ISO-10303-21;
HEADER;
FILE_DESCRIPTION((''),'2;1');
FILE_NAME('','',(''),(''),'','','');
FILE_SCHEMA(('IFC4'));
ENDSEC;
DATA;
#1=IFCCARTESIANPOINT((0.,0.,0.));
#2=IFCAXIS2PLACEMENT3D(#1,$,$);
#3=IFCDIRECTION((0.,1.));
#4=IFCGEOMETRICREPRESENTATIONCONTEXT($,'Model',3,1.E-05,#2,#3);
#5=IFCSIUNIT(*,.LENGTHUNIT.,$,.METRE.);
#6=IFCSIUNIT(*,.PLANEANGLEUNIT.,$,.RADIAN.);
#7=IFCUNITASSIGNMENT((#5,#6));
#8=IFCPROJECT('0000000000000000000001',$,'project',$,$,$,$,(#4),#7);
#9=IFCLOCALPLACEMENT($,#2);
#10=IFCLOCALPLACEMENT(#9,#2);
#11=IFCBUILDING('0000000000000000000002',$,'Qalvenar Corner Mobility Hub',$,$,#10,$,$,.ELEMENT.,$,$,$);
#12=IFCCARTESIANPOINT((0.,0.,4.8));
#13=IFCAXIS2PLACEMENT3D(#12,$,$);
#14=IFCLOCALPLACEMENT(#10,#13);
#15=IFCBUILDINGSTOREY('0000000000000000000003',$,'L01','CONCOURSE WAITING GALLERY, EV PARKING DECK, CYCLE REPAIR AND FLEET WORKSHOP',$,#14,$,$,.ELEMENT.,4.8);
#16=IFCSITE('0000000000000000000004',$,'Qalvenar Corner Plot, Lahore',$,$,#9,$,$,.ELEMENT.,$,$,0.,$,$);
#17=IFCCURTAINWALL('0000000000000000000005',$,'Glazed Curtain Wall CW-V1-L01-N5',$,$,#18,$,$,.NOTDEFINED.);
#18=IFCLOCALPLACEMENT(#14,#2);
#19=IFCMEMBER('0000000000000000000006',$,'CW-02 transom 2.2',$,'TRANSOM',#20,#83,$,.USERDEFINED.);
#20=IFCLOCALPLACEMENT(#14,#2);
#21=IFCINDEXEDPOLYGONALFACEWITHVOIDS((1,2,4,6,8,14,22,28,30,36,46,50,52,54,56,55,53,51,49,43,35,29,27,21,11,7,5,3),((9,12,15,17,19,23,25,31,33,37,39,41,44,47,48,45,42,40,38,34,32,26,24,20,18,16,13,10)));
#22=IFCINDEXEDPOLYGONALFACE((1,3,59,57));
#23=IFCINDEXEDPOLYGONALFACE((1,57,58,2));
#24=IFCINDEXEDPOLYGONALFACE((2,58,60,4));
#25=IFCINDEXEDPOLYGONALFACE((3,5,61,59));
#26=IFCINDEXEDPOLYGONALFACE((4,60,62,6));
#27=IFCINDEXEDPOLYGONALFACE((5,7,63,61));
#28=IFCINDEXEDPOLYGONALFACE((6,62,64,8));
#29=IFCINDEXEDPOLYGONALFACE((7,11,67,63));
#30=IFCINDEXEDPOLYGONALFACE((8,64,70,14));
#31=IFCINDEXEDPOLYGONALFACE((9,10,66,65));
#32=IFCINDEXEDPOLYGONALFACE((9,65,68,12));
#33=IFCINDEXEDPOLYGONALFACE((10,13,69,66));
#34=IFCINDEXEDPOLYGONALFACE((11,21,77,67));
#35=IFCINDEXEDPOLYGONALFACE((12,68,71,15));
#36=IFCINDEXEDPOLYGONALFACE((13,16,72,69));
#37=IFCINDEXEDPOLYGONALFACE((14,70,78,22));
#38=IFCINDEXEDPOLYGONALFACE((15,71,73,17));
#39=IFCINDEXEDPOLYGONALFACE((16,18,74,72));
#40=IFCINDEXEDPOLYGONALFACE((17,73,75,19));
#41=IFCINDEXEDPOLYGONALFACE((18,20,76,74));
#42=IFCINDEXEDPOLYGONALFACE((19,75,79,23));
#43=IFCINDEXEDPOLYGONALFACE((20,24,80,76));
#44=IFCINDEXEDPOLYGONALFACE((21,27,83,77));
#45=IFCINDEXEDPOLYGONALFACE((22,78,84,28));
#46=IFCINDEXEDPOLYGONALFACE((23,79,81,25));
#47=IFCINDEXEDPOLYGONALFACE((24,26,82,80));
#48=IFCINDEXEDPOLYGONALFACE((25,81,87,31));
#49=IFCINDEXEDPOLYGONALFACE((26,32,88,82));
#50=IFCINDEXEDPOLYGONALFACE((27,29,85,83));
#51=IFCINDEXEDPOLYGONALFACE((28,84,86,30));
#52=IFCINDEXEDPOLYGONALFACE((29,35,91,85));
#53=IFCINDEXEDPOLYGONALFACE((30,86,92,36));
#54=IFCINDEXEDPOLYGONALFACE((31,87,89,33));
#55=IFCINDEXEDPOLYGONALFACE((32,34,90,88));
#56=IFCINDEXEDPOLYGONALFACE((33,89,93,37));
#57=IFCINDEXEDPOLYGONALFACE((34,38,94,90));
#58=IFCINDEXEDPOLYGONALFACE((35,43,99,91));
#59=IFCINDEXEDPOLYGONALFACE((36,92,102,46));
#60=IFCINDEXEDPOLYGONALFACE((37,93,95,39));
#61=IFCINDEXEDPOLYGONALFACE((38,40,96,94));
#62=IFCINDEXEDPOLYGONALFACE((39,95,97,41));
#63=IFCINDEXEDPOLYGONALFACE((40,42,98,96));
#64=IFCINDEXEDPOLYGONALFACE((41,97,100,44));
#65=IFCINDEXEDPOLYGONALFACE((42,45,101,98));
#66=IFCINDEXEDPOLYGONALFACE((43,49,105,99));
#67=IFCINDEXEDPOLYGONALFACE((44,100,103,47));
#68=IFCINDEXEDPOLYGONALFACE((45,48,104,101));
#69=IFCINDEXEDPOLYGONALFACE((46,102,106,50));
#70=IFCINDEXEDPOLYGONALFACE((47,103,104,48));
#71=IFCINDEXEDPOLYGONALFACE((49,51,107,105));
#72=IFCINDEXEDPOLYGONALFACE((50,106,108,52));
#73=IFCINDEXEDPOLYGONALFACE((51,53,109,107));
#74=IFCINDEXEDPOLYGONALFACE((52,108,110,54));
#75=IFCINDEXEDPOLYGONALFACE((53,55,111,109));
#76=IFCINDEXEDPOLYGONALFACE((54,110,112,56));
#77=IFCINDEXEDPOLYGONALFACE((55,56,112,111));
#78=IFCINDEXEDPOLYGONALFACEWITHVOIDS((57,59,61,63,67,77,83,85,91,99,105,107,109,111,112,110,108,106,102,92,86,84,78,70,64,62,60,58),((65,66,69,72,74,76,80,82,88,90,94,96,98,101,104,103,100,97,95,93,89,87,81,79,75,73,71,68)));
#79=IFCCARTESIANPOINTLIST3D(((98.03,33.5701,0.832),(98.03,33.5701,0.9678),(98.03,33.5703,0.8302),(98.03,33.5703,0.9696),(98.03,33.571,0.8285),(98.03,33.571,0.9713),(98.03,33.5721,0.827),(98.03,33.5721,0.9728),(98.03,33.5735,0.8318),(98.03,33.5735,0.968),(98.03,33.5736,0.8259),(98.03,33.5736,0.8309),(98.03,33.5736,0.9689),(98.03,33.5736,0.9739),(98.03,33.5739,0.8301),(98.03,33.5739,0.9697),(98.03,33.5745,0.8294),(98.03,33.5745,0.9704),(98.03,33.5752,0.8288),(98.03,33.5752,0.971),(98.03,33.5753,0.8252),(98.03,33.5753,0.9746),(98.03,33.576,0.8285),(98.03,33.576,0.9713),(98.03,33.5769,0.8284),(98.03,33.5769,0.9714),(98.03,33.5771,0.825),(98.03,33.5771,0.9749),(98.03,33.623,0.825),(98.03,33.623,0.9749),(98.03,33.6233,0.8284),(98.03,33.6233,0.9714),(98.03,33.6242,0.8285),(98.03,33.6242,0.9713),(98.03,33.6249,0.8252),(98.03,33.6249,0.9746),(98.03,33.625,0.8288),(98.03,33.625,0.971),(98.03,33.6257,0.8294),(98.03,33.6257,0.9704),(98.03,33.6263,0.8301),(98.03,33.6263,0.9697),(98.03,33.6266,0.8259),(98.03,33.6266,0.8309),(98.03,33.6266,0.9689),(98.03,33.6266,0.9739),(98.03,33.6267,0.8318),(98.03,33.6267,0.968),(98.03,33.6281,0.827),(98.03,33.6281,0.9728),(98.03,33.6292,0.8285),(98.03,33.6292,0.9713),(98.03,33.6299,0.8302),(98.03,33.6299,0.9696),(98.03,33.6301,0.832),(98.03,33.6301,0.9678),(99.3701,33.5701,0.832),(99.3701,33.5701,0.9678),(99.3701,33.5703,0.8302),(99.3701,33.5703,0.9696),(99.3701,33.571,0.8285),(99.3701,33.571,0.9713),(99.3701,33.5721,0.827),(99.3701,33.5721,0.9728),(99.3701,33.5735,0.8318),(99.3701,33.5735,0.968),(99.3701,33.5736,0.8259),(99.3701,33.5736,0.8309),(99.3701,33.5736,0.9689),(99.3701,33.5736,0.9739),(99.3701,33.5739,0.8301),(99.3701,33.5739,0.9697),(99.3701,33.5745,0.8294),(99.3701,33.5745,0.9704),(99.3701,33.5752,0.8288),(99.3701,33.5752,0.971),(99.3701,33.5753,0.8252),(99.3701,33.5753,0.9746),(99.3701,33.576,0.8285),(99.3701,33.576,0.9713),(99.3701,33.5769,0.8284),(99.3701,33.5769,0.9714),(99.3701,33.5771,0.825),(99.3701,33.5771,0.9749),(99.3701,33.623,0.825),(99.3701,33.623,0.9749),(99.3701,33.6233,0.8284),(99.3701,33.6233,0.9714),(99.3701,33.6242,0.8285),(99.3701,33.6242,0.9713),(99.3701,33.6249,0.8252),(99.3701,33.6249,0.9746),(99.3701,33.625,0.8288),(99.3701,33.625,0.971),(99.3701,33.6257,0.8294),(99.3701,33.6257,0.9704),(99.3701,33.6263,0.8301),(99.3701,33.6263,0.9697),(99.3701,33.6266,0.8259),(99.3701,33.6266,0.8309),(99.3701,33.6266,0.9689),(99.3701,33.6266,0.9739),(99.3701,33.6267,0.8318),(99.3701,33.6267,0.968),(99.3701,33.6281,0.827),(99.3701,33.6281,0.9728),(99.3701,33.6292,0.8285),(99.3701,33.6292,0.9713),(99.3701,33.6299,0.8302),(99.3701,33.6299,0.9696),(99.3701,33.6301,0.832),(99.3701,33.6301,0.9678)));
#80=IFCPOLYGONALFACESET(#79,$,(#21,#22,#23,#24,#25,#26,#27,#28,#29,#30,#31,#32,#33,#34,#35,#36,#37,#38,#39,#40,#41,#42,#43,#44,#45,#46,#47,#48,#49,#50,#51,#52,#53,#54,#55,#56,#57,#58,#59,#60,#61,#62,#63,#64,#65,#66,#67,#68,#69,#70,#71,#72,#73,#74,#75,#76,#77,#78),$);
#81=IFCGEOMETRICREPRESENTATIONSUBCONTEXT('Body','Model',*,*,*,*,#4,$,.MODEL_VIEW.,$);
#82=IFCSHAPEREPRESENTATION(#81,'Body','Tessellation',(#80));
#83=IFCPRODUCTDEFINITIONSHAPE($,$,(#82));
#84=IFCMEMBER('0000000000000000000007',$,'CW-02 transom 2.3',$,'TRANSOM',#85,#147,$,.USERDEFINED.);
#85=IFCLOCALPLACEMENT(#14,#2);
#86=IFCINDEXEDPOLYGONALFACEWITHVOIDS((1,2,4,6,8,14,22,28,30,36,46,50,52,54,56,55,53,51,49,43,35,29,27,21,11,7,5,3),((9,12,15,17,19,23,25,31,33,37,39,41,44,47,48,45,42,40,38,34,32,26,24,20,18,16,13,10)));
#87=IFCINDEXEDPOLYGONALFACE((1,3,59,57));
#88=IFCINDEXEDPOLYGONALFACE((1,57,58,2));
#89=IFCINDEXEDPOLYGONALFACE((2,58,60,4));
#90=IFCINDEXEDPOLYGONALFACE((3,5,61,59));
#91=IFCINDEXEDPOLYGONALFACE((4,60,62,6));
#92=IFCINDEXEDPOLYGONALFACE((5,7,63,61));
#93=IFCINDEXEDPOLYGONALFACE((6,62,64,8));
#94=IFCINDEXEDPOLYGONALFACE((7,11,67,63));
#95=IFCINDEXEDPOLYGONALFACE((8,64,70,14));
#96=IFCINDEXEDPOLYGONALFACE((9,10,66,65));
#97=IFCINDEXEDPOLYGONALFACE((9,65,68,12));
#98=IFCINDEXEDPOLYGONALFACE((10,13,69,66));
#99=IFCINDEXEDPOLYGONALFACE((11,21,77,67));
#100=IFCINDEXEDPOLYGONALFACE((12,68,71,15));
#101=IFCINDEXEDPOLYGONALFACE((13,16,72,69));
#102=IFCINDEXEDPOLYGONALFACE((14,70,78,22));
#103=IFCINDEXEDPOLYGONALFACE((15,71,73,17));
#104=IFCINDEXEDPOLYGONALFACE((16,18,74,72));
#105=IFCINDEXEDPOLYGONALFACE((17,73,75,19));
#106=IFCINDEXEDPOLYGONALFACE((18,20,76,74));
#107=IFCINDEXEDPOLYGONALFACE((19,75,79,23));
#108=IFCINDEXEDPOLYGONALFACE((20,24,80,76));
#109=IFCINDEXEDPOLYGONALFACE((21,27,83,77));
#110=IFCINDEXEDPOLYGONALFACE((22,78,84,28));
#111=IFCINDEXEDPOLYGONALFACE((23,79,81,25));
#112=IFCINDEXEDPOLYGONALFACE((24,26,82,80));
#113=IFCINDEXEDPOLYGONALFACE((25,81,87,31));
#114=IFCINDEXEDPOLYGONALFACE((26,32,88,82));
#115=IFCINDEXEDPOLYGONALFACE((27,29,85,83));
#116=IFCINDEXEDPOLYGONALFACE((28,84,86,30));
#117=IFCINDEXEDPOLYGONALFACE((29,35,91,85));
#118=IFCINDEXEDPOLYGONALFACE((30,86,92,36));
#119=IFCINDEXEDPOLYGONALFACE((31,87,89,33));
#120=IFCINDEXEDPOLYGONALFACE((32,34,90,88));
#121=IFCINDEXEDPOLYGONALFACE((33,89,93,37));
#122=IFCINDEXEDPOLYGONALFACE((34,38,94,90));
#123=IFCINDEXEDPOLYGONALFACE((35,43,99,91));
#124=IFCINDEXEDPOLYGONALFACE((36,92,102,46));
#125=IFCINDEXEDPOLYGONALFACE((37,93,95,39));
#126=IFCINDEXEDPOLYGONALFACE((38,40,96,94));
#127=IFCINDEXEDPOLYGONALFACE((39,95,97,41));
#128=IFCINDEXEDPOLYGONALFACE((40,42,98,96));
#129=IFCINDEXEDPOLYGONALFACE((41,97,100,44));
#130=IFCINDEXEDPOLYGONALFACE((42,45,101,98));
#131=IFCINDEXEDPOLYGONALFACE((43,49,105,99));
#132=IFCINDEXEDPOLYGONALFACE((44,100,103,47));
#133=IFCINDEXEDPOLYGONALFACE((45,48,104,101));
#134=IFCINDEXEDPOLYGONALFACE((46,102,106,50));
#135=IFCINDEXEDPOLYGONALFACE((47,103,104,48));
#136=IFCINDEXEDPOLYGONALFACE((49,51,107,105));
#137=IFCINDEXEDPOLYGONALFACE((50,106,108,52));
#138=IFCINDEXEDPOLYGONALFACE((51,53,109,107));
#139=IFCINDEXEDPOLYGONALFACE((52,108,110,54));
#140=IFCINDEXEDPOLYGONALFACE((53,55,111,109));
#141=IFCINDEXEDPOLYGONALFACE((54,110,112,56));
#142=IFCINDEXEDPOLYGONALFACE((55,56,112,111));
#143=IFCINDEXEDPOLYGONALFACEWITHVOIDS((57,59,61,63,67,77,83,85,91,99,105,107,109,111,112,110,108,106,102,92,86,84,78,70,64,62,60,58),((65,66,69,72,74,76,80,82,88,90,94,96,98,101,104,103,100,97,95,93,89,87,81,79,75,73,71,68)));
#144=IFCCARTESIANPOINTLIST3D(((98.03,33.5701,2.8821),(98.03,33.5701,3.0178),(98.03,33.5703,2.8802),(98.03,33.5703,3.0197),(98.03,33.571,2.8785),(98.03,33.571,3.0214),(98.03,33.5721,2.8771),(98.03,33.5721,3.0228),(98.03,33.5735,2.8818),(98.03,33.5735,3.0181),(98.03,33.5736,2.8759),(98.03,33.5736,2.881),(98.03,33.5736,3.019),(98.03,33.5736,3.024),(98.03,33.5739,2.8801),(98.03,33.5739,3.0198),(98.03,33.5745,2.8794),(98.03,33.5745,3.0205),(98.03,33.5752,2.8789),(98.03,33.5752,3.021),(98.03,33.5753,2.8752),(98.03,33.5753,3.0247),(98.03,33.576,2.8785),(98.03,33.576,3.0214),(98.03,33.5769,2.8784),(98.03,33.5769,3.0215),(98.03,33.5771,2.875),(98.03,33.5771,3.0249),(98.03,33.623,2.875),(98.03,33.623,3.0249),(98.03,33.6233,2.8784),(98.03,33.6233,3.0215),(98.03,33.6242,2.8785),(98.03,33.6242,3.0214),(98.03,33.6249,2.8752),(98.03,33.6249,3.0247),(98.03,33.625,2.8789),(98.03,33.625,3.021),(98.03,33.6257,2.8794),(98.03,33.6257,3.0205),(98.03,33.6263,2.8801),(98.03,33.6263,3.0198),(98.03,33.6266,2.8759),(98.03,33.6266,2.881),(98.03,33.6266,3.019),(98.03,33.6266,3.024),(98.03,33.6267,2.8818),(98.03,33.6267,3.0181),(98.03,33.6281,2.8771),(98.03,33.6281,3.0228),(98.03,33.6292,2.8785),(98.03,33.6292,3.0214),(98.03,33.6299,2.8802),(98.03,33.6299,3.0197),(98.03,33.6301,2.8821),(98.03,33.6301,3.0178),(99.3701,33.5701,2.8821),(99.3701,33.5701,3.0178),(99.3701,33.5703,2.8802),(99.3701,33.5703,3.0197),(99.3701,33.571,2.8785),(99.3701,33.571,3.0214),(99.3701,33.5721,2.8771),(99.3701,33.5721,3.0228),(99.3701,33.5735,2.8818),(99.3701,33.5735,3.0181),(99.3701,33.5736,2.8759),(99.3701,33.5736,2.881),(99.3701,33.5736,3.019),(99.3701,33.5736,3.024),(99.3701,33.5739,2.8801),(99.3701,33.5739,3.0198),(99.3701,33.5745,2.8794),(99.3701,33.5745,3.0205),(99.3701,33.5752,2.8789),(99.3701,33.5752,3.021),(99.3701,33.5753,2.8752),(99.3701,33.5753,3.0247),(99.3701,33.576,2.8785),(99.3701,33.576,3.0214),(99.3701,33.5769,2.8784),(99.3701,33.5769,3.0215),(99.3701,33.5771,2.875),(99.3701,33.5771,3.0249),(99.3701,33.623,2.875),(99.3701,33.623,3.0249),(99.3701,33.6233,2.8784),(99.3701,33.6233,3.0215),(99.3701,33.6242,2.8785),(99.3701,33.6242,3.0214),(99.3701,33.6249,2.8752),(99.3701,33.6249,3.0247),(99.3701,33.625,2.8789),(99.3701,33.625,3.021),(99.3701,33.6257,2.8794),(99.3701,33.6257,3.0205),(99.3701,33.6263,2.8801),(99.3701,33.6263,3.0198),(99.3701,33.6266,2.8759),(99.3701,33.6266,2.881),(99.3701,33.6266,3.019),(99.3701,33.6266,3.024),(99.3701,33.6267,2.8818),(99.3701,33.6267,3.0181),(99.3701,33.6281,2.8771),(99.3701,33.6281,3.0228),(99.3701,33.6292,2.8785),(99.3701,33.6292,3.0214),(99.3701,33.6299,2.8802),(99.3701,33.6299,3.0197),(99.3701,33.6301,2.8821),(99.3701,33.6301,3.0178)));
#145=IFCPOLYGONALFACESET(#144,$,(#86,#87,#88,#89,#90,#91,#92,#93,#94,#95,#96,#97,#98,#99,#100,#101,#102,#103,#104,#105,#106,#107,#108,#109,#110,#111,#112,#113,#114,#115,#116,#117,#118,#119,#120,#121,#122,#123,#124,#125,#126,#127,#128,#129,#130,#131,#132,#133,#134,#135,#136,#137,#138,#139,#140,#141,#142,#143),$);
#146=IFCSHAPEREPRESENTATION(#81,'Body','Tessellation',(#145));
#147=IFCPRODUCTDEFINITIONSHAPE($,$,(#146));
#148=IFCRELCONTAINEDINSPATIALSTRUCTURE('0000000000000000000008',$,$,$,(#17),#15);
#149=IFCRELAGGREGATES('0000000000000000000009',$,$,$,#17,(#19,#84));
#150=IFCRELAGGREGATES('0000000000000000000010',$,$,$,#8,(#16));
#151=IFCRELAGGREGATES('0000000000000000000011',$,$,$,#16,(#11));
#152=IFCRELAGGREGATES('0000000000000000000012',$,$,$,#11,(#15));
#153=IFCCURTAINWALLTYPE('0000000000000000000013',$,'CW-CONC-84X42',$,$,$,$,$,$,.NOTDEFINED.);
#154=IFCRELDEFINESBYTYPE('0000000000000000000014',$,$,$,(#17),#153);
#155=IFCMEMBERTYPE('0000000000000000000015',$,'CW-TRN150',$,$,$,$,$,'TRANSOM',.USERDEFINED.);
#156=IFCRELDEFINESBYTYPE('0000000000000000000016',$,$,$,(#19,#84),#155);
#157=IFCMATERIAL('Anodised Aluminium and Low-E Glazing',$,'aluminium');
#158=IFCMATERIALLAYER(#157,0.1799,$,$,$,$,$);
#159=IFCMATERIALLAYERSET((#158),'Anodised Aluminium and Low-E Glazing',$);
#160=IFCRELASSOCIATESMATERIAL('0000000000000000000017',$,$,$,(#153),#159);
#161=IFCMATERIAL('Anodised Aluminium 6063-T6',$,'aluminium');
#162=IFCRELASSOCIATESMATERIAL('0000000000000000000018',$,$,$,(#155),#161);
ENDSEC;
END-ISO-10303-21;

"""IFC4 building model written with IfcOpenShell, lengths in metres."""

from ifc_helpers import new_model, si_unit, direction, frame, origin, origin_2d, place, context, subcontext, project, spatial, hollow_rectangle, extrude, material, layer, layer_set, material_profile, profile_set, type_object, element, aggregate, save


model = new_model("IFC4")

# Units and contexts
model_context = context("Model", 3, precision=1e-05, world=origin(), true_north=direction((0.0, 1.0)))
body_context = subcontext(model_context, "Body", "Model", "MODEL_VIEW")
ifc_project = project(units=[si_unit("LENGTHUNIT", "METRE"), si_unit("PLANEANGLEUNIT", "RADIAN")], contexts=[model_context])

# Site, building, storey
site_placement = place(None, origin())
site = spatial("IfcSite", under=ifc_project, at=site_placement, Name="Qalvenar Corner Plot, Lahore", CompositionType="ELEMENT", RefElevation=0.0)
building_placement = place(site_placement, origin())
building = spatial("IfcBuilding", under=site, at=building_placement, Name="Qalvenar Corner Mobility Hub", CompositionType="ELEMENT")
storey_placement = place(building_placement, frame((0.0, 0.0, 4.8)))
storey = spatial("IfcBuildingStorey", under=building, at=storey_placement, Name="L01", Description="CONCOURSE WAITING GALLERY, EV PARKING DECK, CYCLE REPAIR AND FLEET WORKSHOP", CompositionType="ELEMENT", Elevation=4.8)

# Curtain wall
ifc_material_1 = material(Name="Anodised Aluminium and Low-E Glazing", Category="aluminium")
ifc_layer_1 = layer(ifc_material_1, 0.1799)
ifc_layer_set_1 = layer_set([ifc_layer_1], Name="Anodised Aluminium and Low-E Glazing")
curtain_wall_type = type_object("IfcCurtainWallType", Name="CW-CONC-84X42", PredefinedType="NOTDEFINED", material=ifc_layer_set_1)
curtain_wall_1_placement = place(storey_placement, origin())
curtain_wall_1 = element("IfcCurtainWall", 1, at=curtain_wall_1_placement, inside=storey, type_object=curtain_wall_type, Name="Glazed Curtain Wall CW-V1-L01-N5", PredefinedType="NOTDEFINED")
ifc_material_2 = material(Name="Anodised Aluminium 6063-T6", Category="aluminium")

# Members
ifc_material_profile_1 = material_profile(ifc_material_2, hollow_rectangle(XDim=0.0601, YDim=0.1499, WallThickness=0.0034, InnerFilletRadius=0.0034, OuterFilletRadius=0.0071, at=origin_2d()), Name="RHS150x60x3.5")
ifc_profile_set_1 = profile_set([ifc_material_profile_1], Name="Anodised Aluminium 6063-T6")
member_type_1 = type_object("IfcMemberType", Name="CW-TRN150", ElementType="TRANSOM", PredefinedType="USERDEFINED", material=ifc_profile_set_1)
member_1_placement = place(storey_placement, frame((99.3701, 33.6001, 0.8999), z_axis=(-1.0, 0.0, 0.0), x_axis=(0.0, -1.0, 0.0)))
member_1 = element("IfcMember", 2, at=member_1_placement, type_object=member_type_1, Name="CW-02 transom 2.2", ObjectType="TRANSOM", PredefinedType="USERDEFINED", context=body_context, shape_type="SweptSolid", body=[
    extrude(hollow_rectangle(XDim=0.0601, YDim=0.1499, WallThickness=0.0034, InnerFilletRadius=0.0034, OuterFilletRadius=0.0071, at=origin_2d()), origin(), (0.0, 0.0, 1.0), 1.3401),
])
member_2_placement = place(storey_placement, frame((99.3701, 33.6001, 2.95), z_axis=(-1.0, 0.0, 0.0), x_axis=(0.0, -1.0, 0.0)))
member_2 = element("IfcMember", 3, at=member_2_placement, type_object=member_type_1, Name="CW-02 transom 2.3", ObjectType="TRANSOM", PredefinedType="USERDEFINED", context=body_context, shape_type="SweptSolid", body=[
    extrude(hollow_rectangle(XDim=0.0601, YDim=0.1499, WallThickness=0.0034, InnerFilletRadius=0.0034, OuterFilletRadius=0.0071, at=origin_2d()), origin(), (0.0, 0.0, 1.0), 1.3401),
])

aggregate(curtain_wall_1, [member_1, member_2])

save(model, "model.ifc")
